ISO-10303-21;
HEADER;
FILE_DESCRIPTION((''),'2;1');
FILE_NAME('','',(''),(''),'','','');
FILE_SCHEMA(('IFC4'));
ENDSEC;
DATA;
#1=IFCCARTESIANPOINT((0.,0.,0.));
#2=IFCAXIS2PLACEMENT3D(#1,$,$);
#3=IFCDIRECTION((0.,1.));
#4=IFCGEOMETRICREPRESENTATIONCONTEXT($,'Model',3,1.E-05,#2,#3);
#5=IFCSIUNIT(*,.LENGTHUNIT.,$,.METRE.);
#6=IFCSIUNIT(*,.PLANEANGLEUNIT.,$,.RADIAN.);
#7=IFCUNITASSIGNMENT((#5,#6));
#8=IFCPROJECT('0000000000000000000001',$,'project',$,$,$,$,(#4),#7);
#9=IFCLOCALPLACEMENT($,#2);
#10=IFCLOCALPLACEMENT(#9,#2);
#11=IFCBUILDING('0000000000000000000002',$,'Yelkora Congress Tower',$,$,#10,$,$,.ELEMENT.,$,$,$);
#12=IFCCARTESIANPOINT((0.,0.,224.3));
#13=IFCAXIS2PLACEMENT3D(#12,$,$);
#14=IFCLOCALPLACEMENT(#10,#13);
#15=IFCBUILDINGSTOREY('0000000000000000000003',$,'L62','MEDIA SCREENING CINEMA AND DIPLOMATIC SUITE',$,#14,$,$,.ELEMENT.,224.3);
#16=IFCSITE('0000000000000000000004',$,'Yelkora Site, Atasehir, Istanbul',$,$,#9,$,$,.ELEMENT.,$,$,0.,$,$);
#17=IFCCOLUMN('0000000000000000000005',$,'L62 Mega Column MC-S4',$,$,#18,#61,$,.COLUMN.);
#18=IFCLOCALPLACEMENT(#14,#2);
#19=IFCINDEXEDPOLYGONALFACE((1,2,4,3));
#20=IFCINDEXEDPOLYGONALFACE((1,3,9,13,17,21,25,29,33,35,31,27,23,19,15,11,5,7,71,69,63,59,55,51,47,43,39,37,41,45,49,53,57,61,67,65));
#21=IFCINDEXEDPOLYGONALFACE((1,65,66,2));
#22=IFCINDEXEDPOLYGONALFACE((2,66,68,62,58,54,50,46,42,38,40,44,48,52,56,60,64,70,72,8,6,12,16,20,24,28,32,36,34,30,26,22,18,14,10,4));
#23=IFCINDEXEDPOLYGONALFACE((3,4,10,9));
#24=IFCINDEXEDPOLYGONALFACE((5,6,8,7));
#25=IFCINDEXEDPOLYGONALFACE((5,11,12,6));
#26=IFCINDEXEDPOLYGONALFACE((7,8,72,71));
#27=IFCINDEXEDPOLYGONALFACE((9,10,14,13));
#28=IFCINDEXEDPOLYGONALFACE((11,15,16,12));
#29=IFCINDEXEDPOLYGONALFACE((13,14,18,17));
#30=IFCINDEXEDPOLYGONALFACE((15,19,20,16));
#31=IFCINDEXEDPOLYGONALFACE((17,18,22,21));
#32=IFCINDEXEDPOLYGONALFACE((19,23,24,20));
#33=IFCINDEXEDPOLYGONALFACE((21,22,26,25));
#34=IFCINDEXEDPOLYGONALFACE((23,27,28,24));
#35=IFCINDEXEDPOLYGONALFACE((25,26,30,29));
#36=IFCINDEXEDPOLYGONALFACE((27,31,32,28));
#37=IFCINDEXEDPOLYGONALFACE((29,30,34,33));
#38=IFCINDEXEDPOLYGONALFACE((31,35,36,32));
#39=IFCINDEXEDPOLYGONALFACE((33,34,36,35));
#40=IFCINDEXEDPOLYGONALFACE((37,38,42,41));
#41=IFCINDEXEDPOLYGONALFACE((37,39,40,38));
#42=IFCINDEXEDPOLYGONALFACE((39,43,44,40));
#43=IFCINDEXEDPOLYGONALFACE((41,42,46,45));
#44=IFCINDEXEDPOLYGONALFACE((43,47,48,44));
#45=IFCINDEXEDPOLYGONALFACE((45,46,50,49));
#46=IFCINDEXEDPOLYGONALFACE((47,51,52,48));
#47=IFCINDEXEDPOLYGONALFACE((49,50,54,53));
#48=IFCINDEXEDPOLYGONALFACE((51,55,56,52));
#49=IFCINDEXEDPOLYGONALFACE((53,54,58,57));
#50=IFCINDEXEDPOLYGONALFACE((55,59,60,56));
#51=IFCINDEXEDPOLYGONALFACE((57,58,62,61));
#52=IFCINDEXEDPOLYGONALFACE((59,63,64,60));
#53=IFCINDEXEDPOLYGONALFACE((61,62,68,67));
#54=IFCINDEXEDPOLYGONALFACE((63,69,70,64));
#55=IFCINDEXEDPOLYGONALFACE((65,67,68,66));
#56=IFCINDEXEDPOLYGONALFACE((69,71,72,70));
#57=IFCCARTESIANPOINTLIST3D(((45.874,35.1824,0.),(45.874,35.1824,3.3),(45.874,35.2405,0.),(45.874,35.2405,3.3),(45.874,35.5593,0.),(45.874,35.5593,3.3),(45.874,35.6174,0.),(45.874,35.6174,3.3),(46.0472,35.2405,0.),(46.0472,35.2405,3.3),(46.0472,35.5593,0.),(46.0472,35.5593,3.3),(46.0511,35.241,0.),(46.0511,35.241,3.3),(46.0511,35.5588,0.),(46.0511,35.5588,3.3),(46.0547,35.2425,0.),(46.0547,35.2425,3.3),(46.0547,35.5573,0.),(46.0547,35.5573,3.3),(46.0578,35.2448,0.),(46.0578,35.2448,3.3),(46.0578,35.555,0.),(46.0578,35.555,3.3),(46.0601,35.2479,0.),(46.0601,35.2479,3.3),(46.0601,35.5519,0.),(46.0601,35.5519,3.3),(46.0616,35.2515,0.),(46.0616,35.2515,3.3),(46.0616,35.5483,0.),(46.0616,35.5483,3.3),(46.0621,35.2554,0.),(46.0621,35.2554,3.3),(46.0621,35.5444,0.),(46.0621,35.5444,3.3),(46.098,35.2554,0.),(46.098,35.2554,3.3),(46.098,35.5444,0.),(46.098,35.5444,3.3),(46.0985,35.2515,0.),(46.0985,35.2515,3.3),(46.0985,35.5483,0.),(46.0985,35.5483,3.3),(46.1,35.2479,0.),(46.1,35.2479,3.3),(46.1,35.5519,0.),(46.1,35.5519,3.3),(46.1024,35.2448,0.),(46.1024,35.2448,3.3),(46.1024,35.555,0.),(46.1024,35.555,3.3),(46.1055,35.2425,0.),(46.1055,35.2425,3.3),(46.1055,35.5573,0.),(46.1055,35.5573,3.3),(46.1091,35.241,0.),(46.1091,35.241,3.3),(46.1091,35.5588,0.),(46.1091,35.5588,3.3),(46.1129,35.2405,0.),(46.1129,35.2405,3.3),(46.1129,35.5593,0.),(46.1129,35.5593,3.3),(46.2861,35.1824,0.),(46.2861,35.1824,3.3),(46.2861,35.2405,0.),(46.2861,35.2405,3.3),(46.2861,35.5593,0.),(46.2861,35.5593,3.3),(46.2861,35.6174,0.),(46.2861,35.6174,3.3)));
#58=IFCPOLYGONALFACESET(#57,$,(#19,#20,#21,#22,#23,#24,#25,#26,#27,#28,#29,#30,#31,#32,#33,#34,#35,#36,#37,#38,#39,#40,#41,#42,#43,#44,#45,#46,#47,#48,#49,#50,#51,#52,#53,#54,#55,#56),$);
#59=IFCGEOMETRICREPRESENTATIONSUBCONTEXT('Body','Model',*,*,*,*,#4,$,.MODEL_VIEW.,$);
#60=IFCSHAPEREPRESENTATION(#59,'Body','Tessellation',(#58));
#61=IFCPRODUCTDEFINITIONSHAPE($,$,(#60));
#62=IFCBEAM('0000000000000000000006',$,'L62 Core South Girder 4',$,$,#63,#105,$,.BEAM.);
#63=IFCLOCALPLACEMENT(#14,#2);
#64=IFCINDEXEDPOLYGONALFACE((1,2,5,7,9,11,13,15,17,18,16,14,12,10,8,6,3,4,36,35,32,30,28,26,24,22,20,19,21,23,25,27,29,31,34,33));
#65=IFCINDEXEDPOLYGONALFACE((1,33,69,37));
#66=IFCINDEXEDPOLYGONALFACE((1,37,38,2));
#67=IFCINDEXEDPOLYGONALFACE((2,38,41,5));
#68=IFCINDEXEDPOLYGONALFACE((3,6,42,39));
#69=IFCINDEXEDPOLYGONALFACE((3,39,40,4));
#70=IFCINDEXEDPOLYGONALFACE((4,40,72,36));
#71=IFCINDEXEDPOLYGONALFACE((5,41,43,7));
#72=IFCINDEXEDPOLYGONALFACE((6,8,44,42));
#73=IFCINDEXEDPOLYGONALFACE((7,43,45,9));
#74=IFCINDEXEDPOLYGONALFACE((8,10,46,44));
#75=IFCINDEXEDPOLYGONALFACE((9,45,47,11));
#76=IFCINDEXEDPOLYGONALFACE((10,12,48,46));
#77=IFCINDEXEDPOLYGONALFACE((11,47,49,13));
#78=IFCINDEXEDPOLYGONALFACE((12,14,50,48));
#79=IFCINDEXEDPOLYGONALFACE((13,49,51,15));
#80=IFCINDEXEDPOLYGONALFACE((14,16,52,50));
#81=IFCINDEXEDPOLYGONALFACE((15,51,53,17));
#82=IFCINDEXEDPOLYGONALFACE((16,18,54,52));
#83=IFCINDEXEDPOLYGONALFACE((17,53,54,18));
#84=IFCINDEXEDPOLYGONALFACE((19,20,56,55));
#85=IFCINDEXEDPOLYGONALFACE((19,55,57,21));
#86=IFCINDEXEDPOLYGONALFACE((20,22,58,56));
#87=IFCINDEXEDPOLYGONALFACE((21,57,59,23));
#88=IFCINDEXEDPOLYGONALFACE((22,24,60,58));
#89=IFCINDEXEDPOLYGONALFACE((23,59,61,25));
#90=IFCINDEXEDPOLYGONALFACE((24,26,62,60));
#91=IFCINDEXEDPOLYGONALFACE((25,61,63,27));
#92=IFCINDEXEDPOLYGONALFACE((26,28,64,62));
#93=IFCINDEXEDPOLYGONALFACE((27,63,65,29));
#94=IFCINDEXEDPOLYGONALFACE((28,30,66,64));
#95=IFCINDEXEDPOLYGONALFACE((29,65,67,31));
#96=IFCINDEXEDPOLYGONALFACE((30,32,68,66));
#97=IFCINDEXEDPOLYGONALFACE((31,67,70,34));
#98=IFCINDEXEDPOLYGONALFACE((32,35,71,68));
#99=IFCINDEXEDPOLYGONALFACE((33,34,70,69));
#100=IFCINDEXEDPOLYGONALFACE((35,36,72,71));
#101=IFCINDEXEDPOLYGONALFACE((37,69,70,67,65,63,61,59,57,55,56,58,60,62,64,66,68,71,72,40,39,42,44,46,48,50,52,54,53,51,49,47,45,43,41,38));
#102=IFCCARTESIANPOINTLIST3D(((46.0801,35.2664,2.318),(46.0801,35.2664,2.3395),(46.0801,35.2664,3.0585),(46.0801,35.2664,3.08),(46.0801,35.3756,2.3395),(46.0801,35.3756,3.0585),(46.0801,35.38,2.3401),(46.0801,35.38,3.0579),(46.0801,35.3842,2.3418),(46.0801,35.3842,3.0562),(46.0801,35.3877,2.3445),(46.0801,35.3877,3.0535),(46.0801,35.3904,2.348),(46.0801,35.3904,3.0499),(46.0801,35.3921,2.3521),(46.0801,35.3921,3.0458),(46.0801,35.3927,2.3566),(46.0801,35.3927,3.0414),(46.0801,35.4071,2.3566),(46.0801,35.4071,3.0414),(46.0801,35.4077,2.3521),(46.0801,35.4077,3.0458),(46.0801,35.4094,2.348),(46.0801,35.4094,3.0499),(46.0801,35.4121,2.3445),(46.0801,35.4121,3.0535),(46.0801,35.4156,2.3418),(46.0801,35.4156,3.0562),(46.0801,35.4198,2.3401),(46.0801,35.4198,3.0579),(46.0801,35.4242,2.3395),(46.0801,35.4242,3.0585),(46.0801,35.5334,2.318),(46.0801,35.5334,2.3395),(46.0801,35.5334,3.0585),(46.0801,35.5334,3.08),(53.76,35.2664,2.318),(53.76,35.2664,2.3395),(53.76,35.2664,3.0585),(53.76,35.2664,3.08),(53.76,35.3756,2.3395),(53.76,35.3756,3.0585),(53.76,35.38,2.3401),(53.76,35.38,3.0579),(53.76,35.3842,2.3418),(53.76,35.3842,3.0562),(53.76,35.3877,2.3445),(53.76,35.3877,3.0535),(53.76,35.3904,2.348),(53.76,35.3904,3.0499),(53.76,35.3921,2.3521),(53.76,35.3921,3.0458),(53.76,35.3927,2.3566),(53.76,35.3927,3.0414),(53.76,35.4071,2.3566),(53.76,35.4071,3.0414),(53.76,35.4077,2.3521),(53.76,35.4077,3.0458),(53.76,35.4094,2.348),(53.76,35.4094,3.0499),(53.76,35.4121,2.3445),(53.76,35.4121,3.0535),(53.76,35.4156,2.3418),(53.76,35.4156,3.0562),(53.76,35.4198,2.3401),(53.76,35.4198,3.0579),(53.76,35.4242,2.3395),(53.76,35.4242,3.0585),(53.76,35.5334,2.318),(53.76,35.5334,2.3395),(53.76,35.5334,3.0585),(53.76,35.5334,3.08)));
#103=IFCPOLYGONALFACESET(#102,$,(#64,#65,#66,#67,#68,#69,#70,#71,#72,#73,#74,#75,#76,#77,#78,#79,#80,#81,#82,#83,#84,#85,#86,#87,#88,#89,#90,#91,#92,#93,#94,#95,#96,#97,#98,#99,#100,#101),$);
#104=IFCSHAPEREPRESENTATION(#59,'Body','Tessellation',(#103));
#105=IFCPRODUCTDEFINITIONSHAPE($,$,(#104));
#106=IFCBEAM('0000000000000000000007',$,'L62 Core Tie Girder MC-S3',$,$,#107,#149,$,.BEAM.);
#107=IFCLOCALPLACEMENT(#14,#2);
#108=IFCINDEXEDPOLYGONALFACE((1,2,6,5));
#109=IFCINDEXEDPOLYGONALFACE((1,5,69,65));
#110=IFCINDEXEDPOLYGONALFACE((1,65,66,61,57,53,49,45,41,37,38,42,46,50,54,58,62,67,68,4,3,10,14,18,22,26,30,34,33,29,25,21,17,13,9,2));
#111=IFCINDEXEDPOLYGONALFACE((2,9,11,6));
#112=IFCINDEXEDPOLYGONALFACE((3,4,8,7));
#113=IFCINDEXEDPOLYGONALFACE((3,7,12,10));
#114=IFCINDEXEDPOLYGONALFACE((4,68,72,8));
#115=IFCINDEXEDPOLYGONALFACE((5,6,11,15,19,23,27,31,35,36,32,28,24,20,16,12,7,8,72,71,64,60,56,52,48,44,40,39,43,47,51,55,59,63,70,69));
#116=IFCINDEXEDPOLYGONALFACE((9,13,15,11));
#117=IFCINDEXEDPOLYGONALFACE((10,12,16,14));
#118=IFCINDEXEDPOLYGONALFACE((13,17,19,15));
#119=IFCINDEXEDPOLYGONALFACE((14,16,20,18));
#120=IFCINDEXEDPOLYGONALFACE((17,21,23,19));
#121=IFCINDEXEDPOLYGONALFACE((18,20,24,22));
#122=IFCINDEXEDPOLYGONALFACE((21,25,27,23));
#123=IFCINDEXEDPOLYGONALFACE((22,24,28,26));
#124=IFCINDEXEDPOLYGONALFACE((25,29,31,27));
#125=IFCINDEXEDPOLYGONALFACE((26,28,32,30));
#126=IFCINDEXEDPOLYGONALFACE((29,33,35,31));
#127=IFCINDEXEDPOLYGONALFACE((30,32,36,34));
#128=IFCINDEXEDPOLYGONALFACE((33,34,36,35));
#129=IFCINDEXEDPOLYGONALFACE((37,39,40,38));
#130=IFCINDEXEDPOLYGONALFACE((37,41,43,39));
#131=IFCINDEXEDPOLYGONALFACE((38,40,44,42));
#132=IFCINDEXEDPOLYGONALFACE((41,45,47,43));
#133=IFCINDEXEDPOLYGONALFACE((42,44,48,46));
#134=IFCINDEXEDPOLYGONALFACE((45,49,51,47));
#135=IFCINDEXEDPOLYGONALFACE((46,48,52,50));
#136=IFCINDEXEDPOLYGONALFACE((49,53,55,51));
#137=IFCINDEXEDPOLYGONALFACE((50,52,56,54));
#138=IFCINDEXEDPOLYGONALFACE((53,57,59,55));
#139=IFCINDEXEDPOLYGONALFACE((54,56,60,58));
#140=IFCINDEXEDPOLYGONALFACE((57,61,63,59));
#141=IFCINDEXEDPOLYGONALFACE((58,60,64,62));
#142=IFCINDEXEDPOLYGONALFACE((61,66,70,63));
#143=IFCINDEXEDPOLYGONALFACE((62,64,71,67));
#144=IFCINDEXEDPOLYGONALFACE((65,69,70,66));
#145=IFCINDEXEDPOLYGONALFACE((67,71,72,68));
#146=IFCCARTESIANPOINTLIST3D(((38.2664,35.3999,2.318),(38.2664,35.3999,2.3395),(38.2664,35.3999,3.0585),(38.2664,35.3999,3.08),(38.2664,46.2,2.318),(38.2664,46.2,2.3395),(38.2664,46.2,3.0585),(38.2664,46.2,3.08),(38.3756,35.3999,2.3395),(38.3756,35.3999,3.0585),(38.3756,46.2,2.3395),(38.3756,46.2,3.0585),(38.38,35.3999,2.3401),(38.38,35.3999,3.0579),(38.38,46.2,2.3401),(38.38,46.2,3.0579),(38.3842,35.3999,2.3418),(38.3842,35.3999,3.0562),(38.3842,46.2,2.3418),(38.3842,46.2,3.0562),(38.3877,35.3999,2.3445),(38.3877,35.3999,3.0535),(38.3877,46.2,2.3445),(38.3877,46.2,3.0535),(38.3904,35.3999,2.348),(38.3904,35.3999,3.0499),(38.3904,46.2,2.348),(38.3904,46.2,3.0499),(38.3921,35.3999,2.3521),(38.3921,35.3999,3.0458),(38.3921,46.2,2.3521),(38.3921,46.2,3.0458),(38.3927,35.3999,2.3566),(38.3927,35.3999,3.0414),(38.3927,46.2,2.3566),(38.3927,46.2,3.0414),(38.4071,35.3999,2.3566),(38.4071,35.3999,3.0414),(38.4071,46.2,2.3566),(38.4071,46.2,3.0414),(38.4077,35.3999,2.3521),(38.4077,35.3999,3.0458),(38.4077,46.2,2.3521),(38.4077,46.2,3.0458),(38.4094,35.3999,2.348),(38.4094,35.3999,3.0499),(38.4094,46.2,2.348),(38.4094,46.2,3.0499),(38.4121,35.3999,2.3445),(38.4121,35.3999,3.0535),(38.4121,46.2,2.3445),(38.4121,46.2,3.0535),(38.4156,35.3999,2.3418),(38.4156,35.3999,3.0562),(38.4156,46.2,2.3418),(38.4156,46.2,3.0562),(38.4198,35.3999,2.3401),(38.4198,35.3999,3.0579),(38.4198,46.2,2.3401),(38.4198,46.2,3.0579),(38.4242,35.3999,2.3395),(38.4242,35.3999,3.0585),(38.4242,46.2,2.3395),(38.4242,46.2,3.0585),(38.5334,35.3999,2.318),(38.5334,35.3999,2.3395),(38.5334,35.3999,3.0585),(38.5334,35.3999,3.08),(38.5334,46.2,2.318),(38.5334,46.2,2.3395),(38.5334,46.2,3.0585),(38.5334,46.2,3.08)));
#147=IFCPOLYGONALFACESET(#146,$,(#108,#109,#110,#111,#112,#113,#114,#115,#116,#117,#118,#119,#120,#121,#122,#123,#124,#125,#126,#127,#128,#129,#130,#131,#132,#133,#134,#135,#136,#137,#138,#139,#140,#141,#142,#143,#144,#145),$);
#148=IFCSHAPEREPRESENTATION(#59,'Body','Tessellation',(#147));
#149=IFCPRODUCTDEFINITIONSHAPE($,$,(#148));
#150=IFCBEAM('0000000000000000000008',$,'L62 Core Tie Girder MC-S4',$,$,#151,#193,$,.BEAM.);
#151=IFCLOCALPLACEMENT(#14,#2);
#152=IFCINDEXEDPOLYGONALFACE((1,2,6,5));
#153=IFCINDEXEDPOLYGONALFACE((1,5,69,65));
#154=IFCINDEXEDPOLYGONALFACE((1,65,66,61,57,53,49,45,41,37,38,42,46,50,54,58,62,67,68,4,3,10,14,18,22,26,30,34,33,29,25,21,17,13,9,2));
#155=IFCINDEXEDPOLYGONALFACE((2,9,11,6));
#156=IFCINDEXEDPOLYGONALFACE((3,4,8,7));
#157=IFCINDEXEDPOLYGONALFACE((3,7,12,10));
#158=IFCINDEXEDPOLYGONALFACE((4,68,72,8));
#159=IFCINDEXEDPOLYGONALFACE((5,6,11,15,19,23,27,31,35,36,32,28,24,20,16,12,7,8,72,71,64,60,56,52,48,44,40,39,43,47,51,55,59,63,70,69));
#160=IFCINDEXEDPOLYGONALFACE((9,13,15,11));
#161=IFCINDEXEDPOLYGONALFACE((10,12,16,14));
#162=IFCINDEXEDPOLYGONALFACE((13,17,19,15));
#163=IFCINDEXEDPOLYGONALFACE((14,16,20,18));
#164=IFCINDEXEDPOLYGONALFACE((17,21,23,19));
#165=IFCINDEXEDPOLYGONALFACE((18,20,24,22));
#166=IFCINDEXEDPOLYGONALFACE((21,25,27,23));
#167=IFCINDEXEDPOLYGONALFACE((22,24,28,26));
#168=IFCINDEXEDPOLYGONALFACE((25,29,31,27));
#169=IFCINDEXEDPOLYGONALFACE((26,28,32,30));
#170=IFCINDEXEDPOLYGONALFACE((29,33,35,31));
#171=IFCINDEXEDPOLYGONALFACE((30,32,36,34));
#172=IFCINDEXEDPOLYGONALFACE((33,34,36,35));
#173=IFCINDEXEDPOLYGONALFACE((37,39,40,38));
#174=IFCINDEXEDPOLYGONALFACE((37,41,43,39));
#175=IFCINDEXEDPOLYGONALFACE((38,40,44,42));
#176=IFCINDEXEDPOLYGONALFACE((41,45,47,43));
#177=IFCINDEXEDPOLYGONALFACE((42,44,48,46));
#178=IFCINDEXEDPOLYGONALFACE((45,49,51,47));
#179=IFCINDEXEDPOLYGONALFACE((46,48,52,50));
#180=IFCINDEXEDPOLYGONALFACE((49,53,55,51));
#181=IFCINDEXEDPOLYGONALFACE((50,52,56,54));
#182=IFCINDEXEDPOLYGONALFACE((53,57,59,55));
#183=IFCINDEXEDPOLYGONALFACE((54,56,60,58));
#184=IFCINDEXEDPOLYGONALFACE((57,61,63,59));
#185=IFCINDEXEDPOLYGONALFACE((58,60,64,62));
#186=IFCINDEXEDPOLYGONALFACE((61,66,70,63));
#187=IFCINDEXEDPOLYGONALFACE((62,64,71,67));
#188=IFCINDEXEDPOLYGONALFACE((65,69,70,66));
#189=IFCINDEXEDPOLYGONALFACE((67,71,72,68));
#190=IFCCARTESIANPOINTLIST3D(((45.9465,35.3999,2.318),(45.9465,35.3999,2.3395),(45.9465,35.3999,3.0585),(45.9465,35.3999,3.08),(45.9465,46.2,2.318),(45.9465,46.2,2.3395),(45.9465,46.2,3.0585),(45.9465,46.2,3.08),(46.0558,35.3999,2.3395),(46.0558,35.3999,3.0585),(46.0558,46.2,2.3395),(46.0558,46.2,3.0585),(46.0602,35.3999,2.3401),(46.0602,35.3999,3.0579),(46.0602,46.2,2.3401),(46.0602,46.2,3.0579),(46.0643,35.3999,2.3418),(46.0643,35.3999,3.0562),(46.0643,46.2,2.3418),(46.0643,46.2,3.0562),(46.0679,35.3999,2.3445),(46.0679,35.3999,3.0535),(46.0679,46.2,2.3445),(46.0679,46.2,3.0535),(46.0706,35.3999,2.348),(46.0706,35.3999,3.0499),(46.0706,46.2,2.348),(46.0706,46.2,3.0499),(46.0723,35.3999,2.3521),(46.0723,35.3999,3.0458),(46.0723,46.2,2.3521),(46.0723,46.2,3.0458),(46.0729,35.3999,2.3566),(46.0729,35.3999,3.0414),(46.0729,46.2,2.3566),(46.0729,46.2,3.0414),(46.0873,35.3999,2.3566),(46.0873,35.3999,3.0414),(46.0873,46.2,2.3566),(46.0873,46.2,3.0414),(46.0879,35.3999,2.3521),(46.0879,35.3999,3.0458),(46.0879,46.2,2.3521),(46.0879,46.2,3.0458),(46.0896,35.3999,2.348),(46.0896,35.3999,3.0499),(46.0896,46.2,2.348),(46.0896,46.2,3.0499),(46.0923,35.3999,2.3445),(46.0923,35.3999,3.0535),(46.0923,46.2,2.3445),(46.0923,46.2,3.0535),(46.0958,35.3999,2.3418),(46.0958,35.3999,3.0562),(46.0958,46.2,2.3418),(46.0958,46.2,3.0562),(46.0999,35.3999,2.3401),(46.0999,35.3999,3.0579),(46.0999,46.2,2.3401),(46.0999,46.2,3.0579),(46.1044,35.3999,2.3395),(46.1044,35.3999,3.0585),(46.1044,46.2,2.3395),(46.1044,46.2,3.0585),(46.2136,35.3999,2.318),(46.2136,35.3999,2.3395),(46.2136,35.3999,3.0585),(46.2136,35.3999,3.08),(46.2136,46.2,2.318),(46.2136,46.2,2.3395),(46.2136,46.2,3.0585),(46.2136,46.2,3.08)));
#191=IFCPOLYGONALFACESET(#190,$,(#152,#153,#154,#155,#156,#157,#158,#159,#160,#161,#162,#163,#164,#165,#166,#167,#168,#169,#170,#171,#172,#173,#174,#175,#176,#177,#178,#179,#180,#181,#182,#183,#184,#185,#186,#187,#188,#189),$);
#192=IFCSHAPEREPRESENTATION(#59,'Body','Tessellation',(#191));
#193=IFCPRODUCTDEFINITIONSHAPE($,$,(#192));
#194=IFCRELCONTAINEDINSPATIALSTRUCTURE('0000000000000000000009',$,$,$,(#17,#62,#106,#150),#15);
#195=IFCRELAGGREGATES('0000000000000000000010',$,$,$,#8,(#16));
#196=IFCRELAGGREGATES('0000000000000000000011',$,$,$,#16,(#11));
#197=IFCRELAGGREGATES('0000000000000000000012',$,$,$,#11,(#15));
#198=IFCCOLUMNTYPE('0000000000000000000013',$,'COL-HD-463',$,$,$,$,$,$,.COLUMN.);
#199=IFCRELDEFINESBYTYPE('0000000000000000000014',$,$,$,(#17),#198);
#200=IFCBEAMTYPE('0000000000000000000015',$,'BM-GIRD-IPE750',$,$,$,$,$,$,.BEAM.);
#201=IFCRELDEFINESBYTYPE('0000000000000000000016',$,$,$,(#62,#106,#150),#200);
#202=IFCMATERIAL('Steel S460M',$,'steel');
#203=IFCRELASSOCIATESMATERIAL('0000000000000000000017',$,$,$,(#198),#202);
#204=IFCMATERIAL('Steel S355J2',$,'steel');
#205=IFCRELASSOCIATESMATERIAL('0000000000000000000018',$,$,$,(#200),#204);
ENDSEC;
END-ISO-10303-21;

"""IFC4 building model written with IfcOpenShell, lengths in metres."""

from ifc_helpers import new_model, si_unit, direction, frame, origin, origin_2d, place, context, subcontext, project, spatial, i_section, extrude, material, material_profile, profile_set, type_object, element, save


model = new_model("IFC4")

# Units and contexts
model_context = context("Model", 3, precision=1e-05, world=origin(), true_north=direction((0.0, 1.0)))
body_context = subcontext(model_context, "Body", "Model", "MODEL_VIEW")
ifc_project = project(units=[si_unit("LENGTHUNIT", "METRE"), si_unit("PLANEANGLEUNIT", "RADIAN")], contexts=[model_context])

# Site, building, storey
site_placement = place(None, origin())
site = spatial("IfcSite", under=ifc_project, at=site_placement, Name="Yelkora Site, Atasehir, Istanbul", CompositionType="ELEMENT", RefElevation=0.0)
building_placement = place(site_placement, origin())
building = spatial("IfcBuilding", under=site, at=building_placement, Name="Yelkora Congress Tower", CompositionType="ELEMENT")
storey_placement = place(building_placement, frame((0.0, 0.0, 224.3)))
storey = spatial("IfcBuildingStorey", under=building, at=storey_placement, Name="L62", Description="MEDIA SCREENING CINEMA AND DIPLOMATIC SUITE", CompositionType="ELEMENT", Elevation=224.3)

# Column
ifc_material_1 = material(Name="Steel S460M", Category="steel")
ifc_material_profile_1 = material_profile(ifc_material_1, i_section(OverallWidth=0.4121, OverallDepth=0.4351, WebThickness=0.0359, FlangeThickness=0.0581, FilletRadius=0.0149, at=origin_2d()), Name="HD 400x463")
ifc_profile_set_1 = profile_set([ifc_material_profile_1], Name="Steel S460M")
column_type = type_object("IfcColumnType", Name="COL-HD-463", PredefinedType="COLUMN", material=ifc_profile_set_1)
column_placement = place(storey_placement, frame((46.0801, 35.3999, 0.0), z_axis=(0.0, 0.0, 1.0), x_axis=(1.0, 0.0, 0.0)))
element("IfcColumn", 1, at=column_placement, inside=storey, type_object=column_type, Name="L62 Mega Column MC-S4", PredefinedType="COLUMN", context=body_context, shape_type="SweptSolid", body=[
    extrude(i_section(OverallWidth=0.4121, OverallDepth=0.4351, WebThickness=0.0359, FlangeThickness=0.0581, FilletRadius=0.0149, at=origin_2d()), origin(), (0.0, 0.0, 1.0), 3.3),
])

# Beams
ifc_material_2 = material(Name="Steel S355J2", Category="steel")
ifc_material_profile_2 = material_profile(ifc_material_2, i_section(OverallWidth=0.2671, OverallDepth=0.762, WebThickness=0.0144, FlangeThickness=0.0215, FilletRadius=0.0171, at=origin_2d()), Name="IPE 750x173")
ifc_profile_set_2 = profile_set([ifc_material_profile_2], Name="Steel S355J2")
beam_type_1 = type_object("IfcBeamType", Name="BM-GIRD-IPE750", PredefinedType="BEAM", material=ifc_profile_set_2)
beam_1_placement = place(storey_placement, frame((46.0801, 35.3999, 2.699), z_axis=(1.0, 0.0, 0.0), x_axis=(0.0, 1.0, 0.0)))
element("IfcBeam", 2, at=beam_1_placement, inside=storey, type_object=beam_type_1, Name="L62 Core South Girder 4", PredefinedType="BEAM", context=body_context, shape_type="SweptSolid", body=[
    extrude(i_section(OverallWidth=0.2671, OverallDepth=0.762, WebThickness=0.0144, FlangeThickness=0.0215, FilletRadius=0.0171, at=origin_2d()), origin(), (0.0, 0.0, 1.0), 7.6799),
])
for number, where, z_axis, x_axis, name in (
    (3, (38.3999, 35.3999, 2.699), (0.0, 1.0, 0.0), (-1.0, 0.0, 0.0), "L62 Core Tie Girder MC-S3"),
    (4, (46.0801, 35.3999, 2.699), (0.0, 1.0, 0.0), (-1.0, 0.0, 0.0), "L62 Core Tie Girder MC-S4"),
):
    element("IfcBeam", number, at=place(storey_placement, frame(where, z_axis=z_axis, x_axis=x_axis)), inside=storey, type_object=beam_type_1, Name=name, PredefinedType="BEAM", context=body_context, shape_type="SweptSolid", body=[
        extrude(i_section(OverallWidth=0.2671, OverallDepth=0.762, WebThickness=0.0144, FlangeThickness=0.0215, FilletRadius=0.0171, at=origin_2d()), origin(), (0.0, 0.0, 1.0), 10.8),
    ])

save(model, "model.ifc")
